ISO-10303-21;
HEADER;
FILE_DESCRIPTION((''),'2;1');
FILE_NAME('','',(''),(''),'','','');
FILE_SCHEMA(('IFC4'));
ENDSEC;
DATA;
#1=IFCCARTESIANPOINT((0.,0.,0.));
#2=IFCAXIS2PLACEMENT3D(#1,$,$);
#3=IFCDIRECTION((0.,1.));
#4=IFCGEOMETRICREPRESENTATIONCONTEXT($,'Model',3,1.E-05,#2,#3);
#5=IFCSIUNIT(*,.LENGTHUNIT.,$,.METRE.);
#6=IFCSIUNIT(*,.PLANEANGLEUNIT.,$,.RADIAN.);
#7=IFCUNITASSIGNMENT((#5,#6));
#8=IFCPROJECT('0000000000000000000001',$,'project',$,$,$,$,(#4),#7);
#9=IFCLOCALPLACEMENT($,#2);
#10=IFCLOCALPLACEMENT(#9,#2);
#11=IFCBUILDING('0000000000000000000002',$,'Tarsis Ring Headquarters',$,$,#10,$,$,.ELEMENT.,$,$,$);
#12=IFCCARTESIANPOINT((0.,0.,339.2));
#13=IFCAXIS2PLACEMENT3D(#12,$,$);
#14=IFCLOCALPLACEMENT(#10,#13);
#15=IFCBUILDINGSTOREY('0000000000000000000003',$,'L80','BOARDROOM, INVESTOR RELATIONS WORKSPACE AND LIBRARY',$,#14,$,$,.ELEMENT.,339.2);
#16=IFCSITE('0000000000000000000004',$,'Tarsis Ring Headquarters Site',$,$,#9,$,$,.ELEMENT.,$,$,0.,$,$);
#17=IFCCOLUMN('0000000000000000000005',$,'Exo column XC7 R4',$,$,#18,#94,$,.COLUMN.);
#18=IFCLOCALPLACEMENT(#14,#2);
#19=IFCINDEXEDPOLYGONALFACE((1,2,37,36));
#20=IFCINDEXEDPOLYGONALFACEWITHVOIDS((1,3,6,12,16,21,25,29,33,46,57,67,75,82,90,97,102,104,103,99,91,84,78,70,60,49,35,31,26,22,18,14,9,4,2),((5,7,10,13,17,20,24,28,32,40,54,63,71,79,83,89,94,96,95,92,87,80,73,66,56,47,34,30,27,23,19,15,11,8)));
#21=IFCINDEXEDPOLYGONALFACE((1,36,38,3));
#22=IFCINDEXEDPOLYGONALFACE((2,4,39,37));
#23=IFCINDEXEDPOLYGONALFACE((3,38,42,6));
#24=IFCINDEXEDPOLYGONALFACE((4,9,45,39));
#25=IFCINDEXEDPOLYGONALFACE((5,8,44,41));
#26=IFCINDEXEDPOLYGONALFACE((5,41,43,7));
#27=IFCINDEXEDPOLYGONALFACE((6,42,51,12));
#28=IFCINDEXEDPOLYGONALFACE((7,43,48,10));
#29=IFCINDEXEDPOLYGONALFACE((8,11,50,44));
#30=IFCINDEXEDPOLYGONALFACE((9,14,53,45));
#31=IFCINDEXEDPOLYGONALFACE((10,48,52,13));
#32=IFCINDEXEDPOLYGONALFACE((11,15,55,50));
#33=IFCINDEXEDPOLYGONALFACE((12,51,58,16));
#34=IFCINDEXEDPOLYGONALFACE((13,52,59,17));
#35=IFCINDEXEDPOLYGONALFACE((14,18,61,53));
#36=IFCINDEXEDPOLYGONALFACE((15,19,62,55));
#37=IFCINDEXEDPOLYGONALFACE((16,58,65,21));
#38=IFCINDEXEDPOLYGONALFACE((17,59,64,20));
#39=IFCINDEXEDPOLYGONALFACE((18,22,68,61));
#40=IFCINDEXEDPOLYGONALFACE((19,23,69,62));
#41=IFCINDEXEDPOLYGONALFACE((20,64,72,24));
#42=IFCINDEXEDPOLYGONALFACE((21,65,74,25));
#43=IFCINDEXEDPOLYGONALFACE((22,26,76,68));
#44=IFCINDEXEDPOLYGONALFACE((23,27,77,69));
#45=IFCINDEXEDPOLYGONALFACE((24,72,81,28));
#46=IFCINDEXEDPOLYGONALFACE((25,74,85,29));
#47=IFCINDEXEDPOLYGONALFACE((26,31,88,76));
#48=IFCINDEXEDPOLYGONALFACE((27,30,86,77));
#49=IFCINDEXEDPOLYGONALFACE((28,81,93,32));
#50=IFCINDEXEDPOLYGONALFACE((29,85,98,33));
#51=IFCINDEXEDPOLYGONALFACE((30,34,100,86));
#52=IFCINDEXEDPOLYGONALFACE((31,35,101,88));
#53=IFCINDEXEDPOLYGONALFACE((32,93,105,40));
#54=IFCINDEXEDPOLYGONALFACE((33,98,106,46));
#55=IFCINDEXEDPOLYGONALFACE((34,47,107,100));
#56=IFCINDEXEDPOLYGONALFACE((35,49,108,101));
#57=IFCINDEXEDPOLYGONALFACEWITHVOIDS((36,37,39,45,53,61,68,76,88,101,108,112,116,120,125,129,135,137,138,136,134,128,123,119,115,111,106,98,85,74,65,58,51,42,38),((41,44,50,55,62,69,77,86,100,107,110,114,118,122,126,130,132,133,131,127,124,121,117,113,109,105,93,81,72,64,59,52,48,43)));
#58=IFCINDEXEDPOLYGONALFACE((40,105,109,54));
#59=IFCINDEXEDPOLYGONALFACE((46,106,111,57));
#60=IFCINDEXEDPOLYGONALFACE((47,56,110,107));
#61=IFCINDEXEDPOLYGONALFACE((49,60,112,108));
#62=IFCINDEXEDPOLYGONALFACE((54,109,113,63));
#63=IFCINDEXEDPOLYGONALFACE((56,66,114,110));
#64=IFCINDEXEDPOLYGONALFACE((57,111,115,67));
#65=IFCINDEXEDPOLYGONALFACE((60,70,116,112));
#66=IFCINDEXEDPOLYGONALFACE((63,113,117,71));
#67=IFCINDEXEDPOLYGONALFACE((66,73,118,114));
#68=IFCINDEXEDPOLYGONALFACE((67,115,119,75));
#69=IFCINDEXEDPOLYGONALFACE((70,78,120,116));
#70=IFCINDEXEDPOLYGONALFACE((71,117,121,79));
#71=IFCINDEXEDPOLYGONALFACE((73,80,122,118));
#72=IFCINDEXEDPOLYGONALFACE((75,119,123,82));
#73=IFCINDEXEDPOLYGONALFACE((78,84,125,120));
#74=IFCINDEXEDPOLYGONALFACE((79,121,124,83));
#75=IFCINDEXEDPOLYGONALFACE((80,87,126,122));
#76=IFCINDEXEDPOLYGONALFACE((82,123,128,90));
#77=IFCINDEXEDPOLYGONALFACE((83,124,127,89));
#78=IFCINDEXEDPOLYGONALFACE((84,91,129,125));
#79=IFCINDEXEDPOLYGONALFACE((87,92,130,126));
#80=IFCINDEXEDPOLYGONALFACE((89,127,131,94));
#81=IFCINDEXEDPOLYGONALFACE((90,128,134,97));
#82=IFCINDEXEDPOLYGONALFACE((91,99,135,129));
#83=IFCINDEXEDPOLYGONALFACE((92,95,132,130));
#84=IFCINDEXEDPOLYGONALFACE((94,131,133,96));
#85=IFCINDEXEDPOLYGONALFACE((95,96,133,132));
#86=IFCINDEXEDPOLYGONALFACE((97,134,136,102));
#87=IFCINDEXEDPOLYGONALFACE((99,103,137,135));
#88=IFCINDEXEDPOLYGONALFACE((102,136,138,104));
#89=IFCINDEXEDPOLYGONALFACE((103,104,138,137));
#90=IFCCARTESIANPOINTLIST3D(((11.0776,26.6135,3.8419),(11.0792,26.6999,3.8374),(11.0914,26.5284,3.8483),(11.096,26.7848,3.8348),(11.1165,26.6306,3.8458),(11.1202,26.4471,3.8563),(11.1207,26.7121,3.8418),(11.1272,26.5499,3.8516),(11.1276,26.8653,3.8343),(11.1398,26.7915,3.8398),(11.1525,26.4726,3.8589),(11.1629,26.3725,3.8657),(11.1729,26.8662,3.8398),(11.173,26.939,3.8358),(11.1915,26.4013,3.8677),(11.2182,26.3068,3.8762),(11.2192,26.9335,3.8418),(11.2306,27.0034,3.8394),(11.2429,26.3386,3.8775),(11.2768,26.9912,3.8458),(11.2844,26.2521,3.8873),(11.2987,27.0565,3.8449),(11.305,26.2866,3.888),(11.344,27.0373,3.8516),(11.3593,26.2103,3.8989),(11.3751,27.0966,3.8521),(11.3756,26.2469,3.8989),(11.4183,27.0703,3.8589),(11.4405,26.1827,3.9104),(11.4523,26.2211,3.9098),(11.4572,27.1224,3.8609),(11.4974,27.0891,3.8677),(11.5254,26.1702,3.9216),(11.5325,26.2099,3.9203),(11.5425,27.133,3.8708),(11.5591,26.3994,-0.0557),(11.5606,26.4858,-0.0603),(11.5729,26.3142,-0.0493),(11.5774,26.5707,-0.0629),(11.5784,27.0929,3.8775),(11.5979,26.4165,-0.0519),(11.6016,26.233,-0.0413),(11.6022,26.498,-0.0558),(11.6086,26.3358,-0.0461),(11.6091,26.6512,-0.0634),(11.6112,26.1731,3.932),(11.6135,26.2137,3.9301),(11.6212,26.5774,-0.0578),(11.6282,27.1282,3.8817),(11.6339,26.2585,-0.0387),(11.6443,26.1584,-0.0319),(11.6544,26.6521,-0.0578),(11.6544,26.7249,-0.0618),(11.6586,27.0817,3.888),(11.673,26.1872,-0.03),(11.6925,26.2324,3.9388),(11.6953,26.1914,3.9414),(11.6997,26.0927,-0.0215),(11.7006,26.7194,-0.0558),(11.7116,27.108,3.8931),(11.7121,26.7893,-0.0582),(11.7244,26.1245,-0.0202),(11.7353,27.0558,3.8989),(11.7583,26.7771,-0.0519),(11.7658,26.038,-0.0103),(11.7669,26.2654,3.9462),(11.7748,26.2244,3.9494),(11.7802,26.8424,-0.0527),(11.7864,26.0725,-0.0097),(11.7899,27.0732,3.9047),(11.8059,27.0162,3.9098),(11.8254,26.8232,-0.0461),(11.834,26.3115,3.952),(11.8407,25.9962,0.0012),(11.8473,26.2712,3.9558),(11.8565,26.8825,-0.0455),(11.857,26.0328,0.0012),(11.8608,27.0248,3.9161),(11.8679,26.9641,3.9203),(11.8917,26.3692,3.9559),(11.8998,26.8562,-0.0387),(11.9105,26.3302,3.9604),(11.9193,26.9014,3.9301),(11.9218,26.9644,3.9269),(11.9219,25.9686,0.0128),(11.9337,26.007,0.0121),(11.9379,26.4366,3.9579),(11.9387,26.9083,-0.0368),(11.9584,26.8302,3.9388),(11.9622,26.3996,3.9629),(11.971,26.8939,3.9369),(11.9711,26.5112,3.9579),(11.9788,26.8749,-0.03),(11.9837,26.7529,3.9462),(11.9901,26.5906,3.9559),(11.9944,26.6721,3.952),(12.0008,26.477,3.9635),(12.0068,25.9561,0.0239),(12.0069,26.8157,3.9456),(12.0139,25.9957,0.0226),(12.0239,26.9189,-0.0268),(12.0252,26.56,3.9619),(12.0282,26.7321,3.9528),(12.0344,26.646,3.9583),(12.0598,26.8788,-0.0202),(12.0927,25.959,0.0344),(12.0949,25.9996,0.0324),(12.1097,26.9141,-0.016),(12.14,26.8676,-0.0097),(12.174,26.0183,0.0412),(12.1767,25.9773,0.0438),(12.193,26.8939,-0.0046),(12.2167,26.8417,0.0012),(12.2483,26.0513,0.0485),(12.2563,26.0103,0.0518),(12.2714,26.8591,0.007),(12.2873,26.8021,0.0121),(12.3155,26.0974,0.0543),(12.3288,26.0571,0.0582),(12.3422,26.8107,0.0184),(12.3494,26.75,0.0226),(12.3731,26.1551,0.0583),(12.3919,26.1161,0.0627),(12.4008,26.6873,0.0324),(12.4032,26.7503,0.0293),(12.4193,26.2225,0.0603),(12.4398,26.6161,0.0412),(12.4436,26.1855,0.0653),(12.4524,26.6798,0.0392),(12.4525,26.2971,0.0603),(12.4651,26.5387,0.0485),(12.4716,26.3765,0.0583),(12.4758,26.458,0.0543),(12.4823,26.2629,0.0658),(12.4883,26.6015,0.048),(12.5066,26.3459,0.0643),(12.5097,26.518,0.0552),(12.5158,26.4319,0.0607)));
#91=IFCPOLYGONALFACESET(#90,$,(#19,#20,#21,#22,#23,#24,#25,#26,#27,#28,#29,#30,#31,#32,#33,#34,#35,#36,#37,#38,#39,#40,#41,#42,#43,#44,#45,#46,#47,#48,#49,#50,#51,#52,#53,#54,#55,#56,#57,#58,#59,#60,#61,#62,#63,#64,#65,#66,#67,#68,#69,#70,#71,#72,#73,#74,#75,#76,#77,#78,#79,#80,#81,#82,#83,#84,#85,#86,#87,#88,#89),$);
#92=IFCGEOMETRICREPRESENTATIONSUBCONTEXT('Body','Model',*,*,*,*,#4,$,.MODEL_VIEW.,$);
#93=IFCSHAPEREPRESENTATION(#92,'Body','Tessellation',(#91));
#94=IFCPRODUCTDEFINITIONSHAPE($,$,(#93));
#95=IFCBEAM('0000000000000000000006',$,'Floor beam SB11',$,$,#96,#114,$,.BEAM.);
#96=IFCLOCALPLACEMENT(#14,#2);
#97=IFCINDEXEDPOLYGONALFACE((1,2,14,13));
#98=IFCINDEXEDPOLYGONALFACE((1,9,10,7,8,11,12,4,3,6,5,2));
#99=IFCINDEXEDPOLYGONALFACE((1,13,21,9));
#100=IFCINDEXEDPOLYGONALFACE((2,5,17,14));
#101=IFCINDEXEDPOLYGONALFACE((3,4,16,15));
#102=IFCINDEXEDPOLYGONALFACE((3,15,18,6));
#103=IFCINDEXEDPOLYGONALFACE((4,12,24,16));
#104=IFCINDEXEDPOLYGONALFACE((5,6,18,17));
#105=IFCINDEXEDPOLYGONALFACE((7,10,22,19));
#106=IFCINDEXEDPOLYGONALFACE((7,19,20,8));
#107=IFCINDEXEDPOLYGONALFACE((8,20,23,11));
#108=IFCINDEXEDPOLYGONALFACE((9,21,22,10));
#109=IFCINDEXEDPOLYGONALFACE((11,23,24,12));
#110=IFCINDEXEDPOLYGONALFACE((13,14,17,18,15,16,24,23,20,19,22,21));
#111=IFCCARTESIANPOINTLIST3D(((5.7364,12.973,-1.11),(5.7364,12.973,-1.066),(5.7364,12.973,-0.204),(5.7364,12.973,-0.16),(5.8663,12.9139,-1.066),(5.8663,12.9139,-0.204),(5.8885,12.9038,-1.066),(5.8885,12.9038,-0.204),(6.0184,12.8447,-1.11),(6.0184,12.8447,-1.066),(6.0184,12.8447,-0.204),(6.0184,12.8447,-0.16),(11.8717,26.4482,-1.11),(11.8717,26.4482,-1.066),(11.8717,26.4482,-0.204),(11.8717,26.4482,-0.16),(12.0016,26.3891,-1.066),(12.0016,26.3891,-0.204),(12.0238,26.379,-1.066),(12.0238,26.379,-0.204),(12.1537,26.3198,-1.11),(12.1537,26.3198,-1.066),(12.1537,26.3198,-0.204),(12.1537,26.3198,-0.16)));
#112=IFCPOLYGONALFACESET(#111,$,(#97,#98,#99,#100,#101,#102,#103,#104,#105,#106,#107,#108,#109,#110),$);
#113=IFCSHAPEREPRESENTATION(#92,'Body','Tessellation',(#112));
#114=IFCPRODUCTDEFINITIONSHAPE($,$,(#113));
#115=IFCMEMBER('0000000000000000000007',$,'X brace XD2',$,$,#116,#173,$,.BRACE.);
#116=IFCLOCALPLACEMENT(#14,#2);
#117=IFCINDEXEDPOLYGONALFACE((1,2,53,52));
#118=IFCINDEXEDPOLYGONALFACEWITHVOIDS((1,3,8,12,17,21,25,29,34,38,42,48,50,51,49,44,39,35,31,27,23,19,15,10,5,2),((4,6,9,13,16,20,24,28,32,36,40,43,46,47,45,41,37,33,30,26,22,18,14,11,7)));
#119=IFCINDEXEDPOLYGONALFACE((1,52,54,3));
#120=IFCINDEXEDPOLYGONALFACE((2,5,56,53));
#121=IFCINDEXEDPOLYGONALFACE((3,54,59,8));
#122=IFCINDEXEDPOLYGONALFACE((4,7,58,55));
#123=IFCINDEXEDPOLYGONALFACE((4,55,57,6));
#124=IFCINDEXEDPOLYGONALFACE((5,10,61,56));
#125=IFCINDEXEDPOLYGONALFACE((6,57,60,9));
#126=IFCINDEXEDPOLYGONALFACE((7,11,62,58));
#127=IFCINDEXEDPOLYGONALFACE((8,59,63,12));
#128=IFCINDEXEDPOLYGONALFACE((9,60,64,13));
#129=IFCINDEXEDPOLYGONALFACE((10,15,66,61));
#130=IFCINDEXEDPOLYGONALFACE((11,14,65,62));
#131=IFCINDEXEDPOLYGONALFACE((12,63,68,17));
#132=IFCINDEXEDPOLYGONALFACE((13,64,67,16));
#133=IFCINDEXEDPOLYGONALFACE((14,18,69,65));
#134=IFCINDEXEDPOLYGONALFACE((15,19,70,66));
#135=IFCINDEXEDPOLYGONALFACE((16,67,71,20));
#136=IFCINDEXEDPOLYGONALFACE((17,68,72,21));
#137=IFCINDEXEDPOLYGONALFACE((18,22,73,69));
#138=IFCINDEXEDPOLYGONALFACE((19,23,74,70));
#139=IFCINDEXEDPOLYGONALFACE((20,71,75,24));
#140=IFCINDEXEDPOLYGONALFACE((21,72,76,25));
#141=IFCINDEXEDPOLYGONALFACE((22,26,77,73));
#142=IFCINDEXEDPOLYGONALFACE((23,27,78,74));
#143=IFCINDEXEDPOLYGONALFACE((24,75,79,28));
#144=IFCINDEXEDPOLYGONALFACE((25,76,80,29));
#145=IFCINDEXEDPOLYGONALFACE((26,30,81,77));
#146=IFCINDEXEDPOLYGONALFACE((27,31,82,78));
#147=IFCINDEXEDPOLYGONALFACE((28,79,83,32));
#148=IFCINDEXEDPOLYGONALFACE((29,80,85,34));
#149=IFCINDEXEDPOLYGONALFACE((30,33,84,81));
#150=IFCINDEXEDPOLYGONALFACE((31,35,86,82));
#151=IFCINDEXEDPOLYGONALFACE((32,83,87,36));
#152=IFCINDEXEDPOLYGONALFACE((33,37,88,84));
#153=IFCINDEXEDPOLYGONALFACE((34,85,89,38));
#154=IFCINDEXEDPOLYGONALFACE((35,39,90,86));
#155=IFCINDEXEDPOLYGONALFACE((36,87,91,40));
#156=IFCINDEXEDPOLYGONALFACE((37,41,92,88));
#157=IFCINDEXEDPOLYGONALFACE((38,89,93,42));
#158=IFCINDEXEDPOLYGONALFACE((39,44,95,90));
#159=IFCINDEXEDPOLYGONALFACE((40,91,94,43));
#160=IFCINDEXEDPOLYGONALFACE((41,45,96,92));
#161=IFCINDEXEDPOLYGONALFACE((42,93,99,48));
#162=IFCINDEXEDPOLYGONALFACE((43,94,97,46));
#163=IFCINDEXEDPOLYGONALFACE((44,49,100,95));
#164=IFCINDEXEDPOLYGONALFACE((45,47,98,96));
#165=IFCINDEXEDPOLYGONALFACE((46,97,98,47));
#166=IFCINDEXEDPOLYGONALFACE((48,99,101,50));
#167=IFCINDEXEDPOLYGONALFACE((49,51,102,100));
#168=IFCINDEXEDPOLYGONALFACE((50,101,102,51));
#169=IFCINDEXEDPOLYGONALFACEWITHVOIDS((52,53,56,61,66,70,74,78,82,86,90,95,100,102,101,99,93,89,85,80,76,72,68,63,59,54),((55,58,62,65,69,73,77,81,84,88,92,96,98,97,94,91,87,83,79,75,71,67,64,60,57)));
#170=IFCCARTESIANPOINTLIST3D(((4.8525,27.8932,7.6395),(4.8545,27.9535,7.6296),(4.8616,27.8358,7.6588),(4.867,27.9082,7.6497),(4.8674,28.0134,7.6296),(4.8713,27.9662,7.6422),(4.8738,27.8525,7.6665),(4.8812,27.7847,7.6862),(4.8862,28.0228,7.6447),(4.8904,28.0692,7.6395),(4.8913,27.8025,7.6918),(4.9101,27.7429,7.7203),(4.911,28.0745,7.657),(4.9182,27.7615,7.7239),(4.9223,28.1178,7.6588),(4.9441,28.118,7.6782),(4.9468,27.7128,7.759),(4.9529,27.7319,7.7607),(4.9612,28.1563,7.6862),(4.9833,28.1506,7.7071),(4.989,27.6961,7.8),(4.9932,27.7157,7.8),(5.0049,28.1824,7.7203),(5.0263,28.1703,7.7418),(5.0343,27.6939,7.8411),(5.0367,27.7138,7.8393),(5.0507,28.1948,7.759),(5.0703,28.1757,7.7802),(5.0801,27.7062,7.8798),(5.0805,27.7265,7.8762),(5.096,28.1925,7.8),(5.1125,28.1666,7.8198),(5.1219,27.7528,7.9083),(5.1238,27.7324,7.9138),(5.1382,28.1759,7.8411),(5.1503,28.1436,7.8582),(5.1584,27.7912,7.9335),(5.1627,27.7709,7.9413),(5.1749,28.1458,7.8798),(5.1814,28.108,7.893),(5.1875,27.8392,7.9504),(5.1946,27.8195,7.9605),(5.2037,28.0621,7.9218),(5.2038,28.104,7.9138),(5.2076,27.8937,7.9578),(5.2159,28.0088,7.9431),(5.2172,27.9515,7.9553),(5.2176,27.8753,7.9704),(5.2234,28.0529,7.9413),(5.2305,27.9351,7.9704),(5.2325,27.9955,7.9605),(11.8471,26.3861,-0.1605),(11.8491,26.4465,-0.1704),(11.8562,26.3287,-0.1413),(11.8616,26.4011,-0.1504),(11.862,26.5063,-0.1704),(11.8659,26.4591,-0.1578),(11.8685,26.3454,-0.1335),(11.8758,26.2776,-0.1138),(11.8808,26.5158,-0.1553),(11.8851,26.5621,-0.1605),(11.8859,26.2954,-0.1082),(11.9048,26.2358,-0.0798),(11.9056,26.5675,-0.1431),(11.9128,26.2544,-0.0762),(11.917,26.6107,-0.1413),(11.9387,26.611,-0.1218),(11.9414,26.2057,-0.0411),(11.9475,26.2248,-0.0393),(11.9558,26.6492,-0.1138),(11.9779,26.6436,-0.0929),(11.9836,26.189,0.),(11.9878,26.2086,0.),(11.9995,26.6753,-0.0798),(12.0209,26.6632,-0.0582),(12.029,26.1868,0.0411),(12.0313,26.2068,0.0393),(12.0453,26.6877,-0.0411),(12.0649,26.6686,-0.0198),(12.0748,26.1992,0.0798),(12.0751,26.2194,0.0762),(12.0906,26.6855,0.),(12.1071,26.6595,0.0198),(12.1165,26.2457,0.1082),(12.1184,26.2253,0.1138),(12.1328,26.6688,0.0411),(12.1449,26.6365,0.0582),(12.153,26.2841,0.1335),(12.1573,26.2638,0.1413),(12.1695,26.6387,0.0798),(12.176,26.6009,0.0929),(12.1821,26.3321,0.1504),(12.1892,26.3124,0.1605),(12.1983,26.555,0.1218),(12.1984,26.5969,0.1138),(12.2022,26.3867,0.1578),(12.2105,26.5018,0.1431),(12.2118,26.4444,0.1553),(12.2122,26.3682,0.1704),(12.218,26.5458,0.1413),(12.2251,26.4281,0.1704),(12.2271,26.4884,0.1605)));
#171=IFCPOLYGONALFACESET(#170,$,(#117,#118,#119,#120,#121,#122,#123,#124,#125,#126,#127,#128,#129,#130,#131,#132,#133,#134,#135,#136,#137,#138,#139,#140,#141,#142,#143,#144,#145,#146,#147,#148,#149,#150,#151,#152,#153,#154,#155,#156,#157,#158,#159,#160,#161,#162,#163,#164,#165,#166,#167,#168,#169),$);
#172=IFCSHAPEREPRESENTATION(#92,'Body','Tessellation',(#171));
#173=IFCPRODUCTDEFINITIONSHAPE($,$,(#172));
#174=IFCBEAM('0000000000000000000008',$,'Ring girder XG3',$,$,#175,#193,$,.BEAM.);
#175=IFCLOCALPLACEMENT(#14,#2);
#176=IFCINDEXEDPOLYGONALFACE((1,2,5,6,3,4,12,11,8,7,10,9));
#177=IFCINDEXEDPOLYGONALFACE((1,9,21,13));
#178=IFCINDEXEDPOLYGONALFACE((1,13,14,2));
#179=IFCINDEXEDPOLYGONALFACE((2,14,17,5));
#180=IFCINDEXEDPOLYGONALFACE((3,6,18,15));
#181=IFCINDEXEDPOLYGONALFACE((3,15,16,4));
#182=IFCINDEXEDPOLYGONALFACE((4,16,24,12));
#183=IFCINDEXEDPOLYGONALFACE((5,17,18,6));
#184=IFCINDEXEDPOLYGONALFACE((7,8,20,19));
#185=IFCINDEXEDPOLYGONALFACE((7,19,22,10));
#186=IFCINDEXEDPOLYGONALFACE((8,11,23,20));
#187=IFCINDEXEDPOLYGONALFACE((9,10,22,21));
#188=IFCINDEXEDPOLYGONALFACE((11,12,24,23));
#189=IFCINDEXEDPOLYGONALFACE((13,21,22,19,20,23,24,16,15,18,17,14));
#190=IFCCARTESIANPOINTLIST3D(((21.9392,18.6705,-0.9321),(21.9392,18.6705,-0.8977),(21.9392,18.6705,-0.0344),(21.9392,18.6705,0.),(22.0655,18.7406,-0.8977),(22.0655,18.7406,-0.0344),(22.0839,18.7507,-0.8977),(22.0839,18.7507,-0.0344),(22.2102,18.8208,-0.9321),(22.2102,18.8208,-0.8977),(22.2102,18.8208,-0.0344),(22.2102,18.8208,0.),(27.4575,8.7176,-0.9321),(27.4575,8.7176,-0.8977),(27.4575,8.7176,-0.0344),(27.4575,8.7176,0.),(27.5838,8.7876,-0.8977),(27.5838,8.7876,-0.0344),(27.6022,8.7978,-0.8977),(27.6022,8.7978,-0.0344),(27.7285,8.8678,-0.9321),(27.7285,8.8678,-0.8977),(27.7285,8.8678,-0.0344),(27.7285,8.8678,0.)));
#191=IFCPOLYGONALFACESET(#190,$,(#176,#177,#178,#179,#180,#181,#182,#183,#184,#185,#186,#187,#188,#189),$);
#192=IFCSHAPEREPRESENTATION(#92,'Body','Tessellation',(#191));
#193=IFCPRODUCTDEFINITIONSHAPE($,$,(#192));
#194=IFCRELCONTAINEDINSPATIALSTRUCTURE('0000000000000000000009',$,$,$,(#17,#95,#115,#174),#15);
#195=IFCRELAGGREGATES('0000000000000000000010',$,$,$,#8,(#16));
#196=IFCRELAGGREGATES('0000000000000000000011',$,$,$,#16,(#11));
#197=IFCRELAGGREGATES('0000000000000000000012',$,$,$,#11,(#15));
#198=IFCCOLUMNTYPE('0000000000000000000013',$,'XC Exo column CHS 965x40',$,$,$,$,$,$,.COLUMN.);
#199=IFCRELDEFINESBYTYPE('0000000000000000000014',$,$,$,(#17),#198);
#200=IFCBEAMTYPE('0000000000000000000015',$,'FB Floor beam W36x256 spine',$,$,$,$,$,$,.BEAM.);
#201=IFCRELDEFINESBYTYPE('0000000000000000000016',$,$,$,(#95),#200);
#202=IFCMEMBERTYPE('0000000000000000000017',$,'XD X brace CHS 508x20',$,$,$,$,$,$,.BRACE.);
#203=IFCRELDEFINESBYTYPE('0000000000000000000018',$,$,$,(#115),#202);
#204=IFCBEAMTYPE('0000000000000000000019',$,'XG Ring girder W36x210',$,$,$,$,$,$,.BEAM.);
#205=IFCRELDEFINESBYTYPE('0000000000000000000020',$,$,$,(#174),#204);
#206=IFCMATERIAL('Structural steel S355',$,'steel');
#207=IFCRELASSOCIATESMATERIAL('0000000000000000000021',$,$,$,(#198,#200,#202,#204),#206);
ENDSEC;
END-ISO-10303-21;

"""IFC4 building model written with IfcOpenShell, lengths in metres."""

from ifc_helpers import new_model, si_unit, direction, frame, origin, origin_2d, place, context, subcontext, project, spatial, hollow_circle, i_section, extrude, material, material_profile, profile_set, type_object, element, save


model = new_model("IFC4")

# Units and contexts
model_context = context("Model", 3, precision=1e-05, world=origin(), true_north=direction((0.0, 1.0)))
body_context = subcontext(model_context, "Body", "Model", "MODEL_VIEW")
ifc_project = project(units=[si_unit("LENGTHUNIT", "METRE"), si_unit("PLANEANGLEUNIT", "RADIAN")], contexts=[model_context])

# Site, building, storey
site_placement = place(None, origin())
site = spatial("IfcSite", under=ifc_project, at=site_placement, Name="Tarsis Ring Headquarters Site", CompositionType="ELEMENT", RefElevation=0.0)
building_placement = place(site_placement, origin())
building = spatial("IfcBuilding", under=site, at=building_placement, Name="Tarsis Ring Headquarters", CompositionType="ELEMENT")
storey_placement = place(building_placement, frame((0.0, 0.0, 339.2)))
storey = spatial("IfcBuildingStorey", under=building, at=storey_placement, Name="L80", Description="BOARDROOM, INVESTOR RELATIONS WORKSPACE AND LIBRARY", CompositionType="ELEMENT", Elevation=339.2)

# Column
ifc_material_1 = material(Name="Structural steel S355", Category="steel")
ifc_material_profile_1 = material_profile(ifc_material_1, hollow_circle(Radius=0.4827, WallThickness=0.04, at=origin_2d()), Name="CHS 965x40")
ifc_profile_set_1 = profile_set([ifc_material_profile_1], Name="Structural steel S355")
column_type = type_object("IfcColumnType", Name="XC Exo column CHS 965x40", PredefinedType="COLUMN", material=ifc_profile_set_1)
for number, where, z_axis, x_axis, name in (
    (1, (12.0369, 26.4373, 0.0012), (-0.122407, 0.054437, 0.990986), (-0.406353, -0.913716, 0.0), "Exo column XC7 R4"),
):
    element("IfcColumn", number, at=place(storey_placement, frame(where, z_axis=z_axis, x_axis=x_axis)), inside=storey, type_object=column_type, Name=name, PredefinedType="COLUMN", context=body_context, shape_type="SweptSolid", body=[
        extrude(hollow_circle(Radius=0.4827, WallThickness=0.04, at=origin_2d()), origin(), (0.0, 0.0, 1.0), 3.9331),
    ])

# Beam
ifc_material_profile_2 = material_profile(ifc_material_1, i_section(OverallWidth=0.3098, OverallDepth=0.95, WebThickness=0.0244, FlangeThickness=0.0439, at=origin_2d()), Name="W36x256")
ifc_profile_set_2 = profile_set([ifc_material_profile_2], Name="Structural steel S355")
beam_type_1 = type_object("IfcBeamType", Name="FB Floor beam W36x256 spine", PredefinedType="BEAM", material=ifc_profile_set_2)
beam_1_placement = place(storey_placement, frame((12.0127, 26.384, -0.635), z_axis=(-0.414374, -0.910107, 0.0), x_axis=(0.910107, -0.414374, 0.0)))
element("IfcBeam", 2, at=beam_1_placement, inside=storey, type_object=beam_type_1, Name="Floor beam SB11", PredefinedType="BEAM", context=body_context, shape_type="SweptSolid", body=[
    extrude(i_section(OverallWidth=0.3098, OverallDepth=0.95, WebThickness=0.0244, FlangeThickness=0.0439, at=origin_2d()), origin(), (0.0, 0.0, 1.0), 14.8062),
])

# Member
ifc_material_profile_3 = material_profile(ifc_material_1, hollow_circle(Radius=0.2539, WallThickness=0.02, at=origin_2d()), Name="CHS 508x20")
ifc_profile_set_3 = profile_set([ifc_material_profile_3], Name="Structural steel S355")
member_type = type_object("IfcMemberType", Name="XD X brace CHS 508x20", PredefinedType="BRACE", material=ifc_profile_set_3)
member_placement = place(storey_placement, frame((12.0371, 26.4373, 0.0), z_axis=(-0.660821, 0.142382, 0.736914), x_axis=(-0.210629, -0.977566, 0.0)))
element("IfcMember", 3, at=member_placement, inside=storey, type_object=member_type, Name="X brace XD2", PredefinedType="BRACE", context=body_context, shape_type="SweptSolid", body=[
    extrude(hollow_circle(Radius=0.2539, WallThickness=0.02, at=origin_2d()), origin(), (0.0, 0.0, 1.0), 10.5847),
])

# Beam
ifc_material_profile_4 = material_profile(ifc_material_1, i_section(OverallWidth=0.3098, OverallDepth=0.9321, WebThickness=0.021, FlangeThickness=0.0344, at=origin_2d()), Name="W36x210")
ifc_profile_set_4 = profile_set([ifc_material_profile_4], Name="Structural steel S355")
beam_type_2 = type_object("IfcBeamType", Name="XG Ring girder W36x210", PredefinedType="BEAM", material=ifc_profile_set_4)
beam_2_placement = place(storey_placement, frame((27.593, 8.7927, -0.4661), z_axis=(-0.4849, 0.87457, 0.0), x_axis=(-0.87457, -0.4849, 0.0)))
element("IfcBeam", 4, at=beam_2_placement, inside=storey, type_object=beam_type_2, Name="Ring girder XG3", PredefinedType="BEAM", context=body_context, shape_type="SweptSolid", body=[
    extrude(i_section(OverallWidth=0.3098, OverallDepth=0.9321, WebThickness=0.021, FlangeThickness=0.0344, at=origin_2d()), origin(), (0.0, 0.0, 1.0), 11.3804),
])

save(model, "model.ifc")
